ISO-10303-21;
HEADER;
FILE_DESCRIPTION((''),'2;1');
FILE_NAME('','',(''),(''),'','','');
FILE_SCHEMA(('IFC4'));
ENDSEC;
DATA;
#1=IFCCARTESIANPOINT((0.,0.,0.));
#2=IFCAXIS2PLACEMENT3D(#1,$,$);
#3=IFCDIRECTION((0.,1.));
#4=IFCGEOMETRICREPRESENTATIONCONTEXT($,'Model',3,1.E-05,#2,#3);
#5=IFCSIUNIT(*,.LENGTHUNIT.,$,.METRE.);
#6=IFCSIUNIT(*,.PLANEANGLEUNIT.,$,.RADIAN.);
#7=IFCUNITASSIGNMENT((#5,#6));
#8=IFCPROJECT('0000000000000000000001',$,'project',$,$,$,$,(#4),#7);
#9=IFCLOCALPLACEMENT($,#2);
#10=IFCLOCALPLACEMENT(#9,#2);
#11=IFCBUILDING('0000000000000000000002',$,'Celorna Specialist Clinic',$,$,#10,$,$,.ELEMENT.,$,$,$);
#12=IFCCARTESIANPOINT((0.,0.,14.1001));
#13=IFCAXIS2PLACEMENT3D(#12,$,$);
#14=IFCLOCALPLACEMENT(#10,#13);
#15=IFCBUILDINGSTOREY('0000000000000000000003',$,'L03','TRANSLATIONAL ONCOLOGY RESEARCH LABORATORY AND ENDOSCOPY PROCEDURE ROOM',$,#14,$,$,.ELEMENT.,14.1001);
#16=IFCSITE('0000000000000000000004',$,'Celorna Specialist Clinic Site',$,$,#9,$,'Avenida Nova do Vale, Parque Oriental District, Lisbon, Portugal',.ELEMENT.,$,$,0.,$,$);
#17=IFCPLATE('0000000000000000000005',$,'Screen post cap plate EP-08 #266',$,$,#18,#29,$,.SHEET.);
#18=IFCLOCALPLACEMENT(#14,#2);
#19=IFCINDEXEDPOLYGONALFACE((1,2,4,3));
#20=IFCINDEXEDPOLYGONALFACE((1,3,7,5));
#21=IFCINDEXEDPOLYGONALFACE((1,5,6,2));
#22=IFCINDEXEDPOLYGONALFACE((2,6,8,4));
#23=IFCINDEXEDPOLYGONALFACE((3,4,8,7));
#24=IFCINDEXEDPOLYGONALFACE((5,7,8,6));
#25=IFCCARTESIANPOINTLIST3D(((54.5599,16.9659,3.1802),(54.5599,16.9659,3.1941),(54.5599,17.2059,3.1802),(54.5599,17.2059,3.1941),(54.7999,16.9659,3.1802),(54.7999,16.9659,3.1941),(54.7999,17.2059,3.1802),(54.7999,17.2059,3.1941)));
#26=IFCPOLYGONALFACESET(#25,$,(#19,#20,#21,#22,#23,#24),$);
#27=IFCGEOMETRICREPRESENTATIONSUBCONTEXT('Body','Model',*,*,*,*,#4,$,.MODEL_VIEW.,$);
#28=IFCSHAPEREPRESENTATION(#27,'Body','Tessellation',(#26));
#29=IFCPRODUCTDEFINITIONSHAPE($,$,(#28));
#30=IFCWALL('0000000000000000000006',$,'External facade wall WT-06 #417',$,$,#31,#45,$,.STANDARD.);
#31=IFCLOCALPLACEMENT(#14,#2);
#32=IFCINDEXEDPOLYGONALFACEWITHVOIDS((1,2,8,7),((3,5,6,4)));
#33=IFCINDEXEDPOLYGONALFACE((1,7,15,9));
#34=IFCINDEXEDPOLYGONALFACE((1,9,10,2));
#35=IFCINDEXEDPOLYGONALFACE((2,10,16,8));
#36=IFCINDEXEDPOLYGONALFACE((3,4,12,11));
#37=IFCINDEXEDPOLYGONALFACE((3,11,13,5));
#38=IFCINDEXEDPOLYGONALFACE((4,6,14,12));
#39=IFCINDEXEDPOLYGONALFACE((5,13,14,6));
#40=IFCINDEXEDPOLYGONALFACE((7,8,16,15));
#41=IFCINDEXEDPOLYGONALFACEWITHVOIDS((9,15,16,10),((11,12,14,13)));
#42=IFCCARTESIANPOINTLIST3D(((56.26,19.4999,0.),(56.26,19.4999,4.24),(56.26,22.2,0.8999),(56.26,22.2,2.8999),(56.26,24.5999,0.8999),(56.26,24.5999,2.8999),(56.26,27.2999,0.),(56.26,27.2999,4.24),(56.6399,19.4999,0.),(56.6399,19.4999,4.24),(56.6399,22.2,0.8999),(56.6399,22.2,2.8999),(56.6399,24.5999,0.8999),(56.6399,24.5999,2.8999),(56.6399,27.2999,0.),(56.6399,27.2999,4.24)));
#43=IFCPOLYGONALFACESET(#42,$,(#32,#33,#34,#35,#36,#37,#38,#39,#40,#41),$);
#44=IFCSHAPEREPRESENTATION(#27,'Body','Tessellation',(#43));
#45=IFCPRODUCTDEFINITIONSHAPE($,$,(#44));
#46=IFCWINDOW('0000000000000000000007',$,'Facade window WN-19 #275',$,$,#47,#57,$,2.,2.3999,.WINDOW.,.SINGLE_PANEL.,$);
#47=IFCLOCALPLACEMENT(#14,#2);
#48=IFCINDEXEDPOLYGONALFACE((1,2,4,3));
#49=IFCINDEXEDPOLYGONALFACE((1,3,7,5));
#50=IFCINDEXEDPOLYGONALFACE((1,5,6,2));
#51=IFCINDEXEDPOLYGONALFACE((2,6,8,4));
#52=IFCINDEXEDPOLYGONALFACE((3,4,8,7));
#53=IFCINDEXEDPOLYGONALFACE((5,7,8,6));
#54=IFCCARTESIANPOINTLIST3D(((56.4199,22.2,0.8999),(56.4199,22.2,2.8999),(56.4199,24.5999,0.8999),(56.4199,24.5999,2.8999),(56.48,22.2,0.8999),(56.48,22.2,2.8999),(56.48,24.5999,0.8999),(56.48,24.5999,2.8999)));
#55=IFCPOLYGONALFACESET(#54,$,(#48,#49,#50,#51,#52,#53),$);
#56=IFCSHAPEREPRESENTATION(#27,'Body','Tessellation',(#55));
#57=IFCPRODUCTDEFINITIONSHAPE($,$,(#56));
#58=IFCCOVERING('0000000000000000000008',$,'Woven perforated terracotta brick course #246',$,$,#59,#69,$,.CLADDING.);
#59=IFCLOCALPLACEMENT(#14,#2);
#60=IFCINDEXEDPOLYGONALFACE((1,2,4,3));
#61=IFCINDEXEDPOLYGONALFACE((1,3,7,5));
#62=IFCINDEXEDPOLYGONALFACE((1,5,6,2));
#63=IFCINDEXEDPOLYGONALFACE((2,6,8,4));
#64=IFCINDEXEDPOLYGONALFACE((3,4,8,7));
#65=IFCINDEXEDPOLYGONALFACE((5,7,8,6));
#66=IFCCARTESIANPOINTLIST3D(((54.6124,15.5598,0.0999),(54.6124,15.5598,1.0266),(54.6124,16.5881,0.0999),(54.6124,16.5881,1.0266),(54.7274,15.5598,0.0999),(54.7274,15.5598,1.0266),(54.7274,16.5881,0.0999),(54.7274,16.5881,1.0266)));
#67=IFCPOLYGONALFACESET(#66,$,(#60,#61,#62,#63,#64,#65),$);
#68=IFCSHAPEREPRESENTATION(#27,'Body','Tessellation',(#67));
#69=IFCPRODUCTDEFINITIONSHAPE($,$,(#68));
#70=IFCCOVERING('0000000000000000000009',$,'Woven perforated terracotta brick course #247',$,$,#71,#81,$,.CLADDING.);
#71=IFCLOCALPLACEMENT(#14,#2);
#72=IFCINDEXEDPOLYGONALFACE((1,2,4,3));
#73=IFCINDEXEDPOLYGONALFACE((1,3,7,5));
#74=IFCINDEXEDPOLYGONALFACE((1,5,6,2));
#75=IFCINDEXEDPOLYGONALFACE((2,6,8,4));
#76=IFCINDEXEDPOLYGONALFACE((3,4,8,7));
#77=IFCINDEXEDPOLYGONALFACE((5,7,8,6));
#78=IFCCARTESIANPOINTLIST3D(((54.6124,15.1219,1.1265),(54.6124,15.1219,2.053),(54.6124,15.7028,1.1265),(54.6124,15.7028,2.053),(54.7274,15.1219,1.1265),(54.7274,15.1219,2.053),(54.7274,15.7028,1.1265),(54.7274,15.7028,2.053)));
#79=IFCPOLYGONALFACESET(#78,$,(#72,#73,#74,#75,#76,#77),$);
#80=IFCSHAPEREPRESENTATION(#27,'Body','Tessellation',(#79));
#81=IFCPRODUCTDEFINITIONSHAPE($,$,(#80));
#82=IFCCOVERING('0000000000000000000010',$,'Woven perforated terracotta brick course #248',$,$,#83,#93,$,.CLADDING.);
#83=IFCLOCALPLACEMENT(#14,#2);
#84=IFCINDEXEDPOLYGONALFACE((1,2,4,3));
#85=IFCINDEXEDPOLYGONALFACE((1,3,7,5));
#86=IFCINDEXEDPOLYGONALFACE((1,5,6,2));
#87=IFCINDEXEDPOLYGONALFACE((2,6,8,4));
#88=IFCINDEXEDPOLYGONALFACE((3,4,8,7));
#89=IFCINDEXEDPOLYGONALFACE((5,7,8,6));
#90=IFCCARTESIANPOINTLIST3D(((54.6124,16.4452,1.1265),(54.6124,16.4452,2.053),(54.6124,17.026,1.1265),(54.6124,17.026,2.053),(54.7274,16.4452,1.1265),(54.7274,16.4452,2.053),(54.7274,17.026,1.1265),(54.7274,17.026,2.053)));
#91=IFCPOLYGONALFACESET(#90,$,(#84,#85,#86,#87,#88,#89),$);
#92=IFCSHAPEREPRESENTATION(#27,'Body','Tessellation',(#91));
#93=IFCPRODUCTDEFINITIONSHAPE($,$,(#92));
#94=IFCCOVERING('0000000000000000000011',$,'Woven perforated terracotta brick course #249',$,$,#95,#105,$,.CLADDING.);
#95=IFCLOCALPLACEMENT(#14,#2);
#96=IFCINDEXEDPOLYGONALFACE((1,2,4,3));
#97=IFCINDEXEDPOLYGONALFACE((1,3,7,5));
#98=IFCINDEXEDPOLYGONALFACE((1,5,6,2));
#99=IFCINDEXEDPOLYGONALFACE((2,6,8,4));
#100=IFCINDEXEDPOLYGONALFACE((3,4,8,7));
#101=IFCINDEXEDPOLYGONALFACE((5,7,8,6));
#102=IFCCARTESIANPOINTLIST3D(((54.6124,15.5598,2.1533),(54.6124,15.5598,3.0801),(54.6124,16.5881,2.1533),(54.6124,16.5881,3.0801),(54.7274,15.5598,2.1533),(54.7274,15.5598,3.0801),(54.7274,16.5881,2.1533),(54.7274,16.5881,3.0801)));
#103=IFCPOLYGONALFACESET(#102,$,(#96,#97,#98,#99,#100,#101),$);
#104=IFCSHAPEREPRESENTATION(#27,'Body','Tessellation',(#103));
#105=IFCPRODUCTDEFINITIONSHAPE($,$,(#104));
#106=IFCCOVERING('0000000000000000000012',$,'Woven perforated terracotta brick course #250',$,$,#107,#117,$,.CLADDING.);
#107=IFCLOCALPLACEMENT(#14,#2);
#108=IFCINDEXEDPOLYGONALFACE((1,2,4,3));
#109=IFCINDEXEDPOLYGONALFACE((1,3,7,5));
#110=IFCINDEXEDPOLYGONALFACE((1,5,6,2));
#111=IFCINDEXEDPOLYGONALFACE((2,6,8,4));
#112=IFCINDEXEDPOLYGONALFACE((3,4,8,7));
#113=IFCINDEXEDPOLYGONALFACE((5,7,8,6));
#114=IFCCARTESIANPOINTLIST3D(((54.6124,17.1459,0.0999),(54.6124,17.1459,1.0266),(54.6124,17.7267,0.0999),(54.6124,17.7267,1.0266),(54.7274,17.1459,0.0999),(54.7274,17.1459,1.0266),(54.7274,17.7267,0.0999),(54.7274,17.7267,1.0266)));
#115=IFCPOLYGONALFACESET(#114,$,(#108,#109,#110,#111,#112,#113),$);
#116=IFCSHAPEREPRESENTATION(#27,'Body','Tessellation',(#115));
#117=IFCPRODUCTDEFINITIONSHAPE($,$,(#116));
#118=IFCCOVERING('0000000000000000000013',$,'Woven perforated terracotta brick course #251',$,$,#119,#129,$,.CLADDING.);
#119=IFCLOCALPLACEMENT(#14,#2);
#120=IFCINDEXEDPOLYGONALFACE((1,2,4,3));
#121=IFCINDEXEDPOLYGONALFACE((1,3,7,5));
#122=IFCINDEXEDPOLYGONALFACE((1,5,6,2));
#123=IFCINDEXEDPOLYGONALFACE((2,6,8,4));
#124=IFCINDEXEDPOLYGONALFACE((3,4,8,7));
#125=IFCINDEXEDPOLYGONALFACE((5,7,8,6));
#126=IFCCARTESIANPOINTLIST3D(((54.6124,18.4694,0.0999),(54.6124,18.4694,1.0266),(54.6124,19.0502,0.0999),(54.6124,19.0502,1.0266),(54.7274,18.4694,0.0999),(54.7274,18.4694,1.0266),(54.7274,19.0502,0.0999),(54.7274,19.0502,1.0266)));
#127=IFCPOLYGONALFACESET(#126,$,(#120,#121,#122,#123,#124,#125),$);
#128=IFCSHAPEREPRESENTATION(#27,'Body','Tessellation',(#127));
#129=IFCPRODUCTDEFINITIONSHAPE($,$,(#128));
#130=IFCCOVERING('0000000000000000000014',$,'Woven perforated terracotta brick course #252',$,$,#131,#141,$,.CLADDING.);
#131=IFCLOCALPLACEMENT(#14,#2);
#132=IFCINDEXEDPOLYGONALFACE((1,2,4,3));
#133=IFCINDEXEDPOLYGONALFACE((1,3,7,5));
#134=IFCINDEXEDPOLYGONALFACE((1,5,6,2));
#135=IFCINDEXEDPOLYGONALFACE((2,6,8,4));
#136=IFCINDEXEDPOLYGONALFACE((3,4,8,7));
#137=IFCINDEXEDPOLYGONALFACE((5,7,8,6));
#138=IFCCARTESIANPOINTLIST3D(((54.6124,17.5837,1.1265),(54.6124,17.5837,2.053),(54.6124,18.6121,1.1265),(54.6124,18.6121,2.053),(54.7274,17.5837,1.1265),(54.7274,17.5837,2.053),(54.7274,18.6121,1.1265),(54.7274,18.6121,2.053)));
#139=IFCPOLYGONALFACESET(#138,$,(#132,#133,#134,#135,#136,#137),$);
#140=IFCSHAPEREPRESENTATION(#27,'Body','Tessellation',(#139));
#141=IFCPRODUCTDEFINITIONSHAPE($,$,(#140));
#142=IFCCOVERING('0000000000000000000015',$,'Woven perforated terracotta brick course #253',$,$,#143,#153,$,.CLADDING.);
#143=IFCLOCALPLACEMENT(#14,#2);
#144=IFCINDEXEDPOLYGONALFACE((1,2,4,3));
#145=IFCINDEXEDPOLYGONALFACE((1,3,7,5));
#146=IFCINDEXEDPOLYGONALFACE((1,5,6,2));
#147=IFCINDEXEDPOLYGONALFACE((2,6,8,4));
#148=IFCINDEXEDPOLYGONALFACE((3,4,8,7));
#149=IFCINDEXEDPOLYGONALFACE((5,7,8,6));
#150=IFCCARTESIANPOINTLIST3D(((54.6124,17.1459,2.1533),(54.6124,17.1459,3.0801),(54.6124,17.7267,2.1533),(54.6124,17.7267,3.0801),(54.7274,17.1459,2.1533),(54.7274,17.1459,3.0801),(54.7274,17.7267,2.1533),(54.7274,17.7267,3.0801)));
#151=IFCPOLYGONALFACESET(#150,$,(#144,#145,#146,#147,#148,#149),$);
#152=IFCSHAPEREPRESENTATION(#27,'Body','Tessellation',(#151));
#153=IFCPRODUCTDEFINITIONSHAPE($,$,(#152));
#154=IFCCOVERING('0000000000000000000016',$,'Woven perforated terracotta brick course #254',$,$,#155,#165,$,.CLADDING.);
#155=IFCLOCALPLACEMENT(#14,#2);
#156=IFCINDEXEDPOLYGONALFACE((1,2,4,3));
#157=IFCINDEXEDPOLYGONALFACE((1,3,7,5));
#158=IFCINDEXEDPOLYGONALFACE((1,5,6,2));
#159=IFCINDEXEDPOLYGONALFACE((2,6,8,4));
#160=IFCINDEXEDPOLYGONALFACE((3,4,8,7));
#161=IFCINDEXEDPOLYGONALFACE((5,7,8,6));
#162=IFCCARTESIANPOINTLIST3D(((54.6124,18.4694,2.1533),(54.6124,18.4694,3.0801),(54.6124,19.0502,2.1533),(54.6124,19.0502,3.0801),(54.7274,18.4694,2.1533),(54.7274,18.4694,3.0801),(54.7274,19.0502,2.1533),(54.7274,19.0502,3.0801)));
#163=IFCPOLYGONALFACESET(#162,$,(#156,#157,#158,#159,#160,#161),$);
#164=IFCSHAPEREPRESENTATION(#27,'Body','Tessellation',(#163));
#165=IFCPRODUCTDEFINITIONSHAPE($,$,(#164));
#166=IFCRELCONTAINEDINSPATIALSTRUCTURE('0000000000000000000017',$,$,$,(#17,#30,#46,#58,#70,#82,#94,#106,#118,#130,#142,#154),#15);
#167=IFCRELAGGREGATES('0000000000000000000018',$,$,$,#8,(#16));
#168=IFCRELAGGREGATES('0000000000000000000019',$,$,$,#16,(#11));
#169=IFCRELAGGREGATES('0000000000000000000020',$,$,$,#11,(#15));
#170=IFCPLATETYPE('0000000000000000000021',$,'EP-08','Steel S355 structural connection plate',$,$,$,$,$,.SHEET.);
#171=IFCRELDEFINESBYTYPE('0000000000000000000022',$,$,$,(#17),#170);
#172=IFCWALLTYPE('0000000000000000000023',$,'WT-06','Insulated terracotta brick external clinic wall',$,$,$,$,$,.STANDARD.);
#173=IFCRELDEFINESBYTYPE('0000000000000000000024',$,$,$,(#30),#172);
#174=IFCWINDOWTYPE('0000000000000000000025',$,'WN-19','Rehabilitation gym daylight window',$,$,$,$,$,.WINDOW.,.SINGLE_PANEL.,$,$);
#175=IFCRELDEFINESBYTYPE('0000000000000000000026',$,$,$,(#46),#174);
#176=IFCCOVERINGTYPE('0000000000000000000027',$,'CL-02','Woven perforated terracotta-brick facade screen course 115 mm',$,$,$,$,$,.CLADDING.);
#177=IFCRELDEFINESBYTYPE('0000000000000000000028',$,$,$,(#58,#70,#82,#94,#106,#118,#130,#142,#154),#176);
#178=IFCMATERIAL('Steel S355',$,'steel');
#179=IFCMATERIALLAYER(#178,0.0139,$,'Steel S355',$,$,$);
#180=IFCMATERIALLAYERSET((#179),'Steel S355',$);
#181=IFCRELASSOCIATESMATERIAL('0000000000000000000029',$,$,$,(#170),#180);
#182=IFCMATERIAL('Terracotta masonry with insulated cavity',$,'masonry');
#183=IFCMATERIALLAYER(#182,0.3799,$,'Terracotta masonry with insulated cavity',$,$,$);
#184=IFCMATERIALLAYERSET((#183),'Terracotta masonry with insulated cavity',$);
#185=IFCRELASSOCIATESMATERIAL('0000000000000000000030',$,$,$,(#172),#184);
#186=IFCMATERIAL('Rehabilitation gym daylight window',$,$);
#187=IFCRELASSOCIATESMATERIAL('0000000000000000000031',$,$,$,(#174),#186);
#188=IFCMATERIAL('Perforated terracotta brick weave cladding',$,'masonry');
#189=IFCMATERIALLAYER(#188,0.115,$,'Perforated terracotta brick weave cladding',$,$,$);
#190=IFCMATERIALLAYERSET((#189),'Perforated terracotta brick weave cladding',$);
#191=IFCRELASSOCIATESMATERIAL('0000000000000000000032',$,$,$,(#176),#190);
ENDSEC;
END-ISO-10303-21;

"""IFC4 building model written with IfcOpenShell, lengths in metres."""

from ifc_helpers import new_model, si_unit, direction, frame, frame_2d, origin, origin_2d, place, context, subcontext, project, spatial, rectangle, extrude, material, layer, layer_set, type_object, element, fill, save


model = new_model("IFC4")

# Units and contexts
model_context = context("Model", 3, precision=1e-05, world=origin(), true_north=direction((0.0, 1.0)))
body_context = subcontext(model_context, "Body", "Model", "MODEL_VIEW")
ifc_project = project(units=[si_unit("LENGTHUNIT", "METRE"), si_unit("PLANEANGLEUNIT", "RADIAN")], contexts=[model_context])

# Site, building, storey
site_placement = place(None, origin())
site = spatial("IfcSite", under=ifc_project, at=site_placement, Name="Celorna Specialist Clinic Site", LongName="Avenida Nova do Vale, Parque Oriental District, Lisbon, Portugal", CompositionType="ELEMENT", RefElevation=0.0)
building_placement = place(site_placement, origin())
building = spatial("IfcBuilding", under=site, at=building_placement, Name="Celorna Specialist Clinic", CompositionType="ELEMENT")
storey_placement = place(building_placement, frame((0.0, 0.0, 14.1001)))
storey = spatial("IfcBuildingStorey", under=building, at=storey_placement, Name="L03", Description="TRANSLATIONAL ONCOLOGY RESEARCH LABORATORY AND ENDOSCOPY PROCEDURE ROOM", CompositionType="ELEMENT", Elevation=14.1001)

# Shared definitions
ifc_material_1 = material(Name="Steel S355", Category="steel")

# Plate
ifc_layer_1 = layer(ifc_material_1, 0.0139, Name="Steel S355")
ifc_layer_set_1 = layer_set([ifc_layer_1], Name="Steel S355")
plate_type_1 = type_object("IfcPlateType", Name="EP-08", Description="Steel S355 structural connection plate", PredefinedType="SHEET", material=ifc_layer_set_1)
plate_1_placement = place(storey_placement, frame((54.6799, 17.0859, 3.1802), z_axis=(0.0, 0.0, 1.0), x_axis=(0.0, 1.0, 0.0)))
element("IfcPlate", 1, at=plate_1_placement, inside=storey, type_object=plate_type_1, Name="Screen post cap plate EP-08 #266", PredefinedType="SHEET", context=body_context, shape_type="SweptSolid", body=[
    extrude(rectangle(XDim=0.24, YDim=0.24, at=origin_2d()), origin(), (0.0, 0.0, 1.0), 0.0139),
])

# Wall, opening, window
ifc_material_2 = material(Name="Terracotta masonry with insulated cavity", Category="masonry")
ifc_layer_2 = layer(ifc_material_2, 0.3799, Name="Terracotta masonry with insulated cavity")
ifc_layer_set_2 = layer_set([ifc_layer_2], Name="Terracotta masonry with insulated cavity")
wall_type = type_object("IfcWallType", Name="WT-06", Description="Insulated terracotta brick external clinic wall", PredefinedType="STANDARD", material=ifc_layer_set_2)
wall_placement = place(storey_placement, frame((56.45, 19.5, 0.0), z_axis=(0.0, 0.0, 1.0), x_axis=(0.0, 1.0, 0.0)))
wall = element("IfcWall", 2, at=wall_placement, inside=storey, type_object=wall_type, Name="External facade wall WT-06 #417", PredefinedType="STANDARD", context=body_context, shape_type="SweptSolid", body=[
    extrude(rectangle(XDim=7.8, YDim=0.3799, at=frame_2d((3.8999, 0.0))), origin(), (0.0, 0.0, 1.0), 4.24),
])
opening_placement = place(wall_placement, frame((2.7, 0.0, 0.8999)))
opening = element("IfcOpeningElement", 3, at=opening_placement, cuts=wall, PredefinedType="OPENING", context=body_context, shape_type="SweptSolid", body=[
    extrude(rectangle(XDim=2.3999, YDim=2.0, at=frame_2d((1.2, 1.0))), frame((0.0, 0.2, 0.0), z_axis=(0.0, -1.0, 0.0), x_axis=(1.0, 0.0, 0.0)), (0.0, 0.0, 1.0), 0.3999),
])
ifc_material_3 = material(Name="Rehabilitation gym daylight window")
window_type = type_object("IfcWindowType", Name="WN-19", Description="Rehabilitation gym daylight window", PartitioningType="SINGLE_PANEL", PredefinedType="WINDOW", material=ifc_material_3)
window_placement = place(opening_placement, origin())
window = element("IfcWindow", 4, at=window_placement, inside=storey, type_object=window_type, Name="Facade window WN-19 #275", OverallHeight=2.0, OverallWidth=2.3999, PartitioningType="SINGLE_PANEL", PredefinedType="WINDOW", context=body_context, shape_type="SweptSolid", body=[
    extrude(rectangle(XDim=2.3999, YDim=2.0, at=frame_2d((1.2, 1.0))), frame((0.0, 0.03, 0.0), z_axis=(0.0, -1.0, 0.0), x_axis=(1.0, 0.0, 0.0)), (0.0, 0.0, 1.0), 0.0601),
])
fill(opening, window)

# Coverings
ifc_material_4 = material(Name="Perforated terracotta brick weave cladding", Category="masonry")
ifc_layer_3 = layer(ifc_material_4, 0.115, Name="Perforated terracotta brick weave cladding")
ifc_layer_set_3 = layer_set([ifc_layer_3], Name="Perforated terracotta brick weave cladding")
covering_type = type_object("IfcCoveringType", Name="CL-02", Description="Woven perforated terracotta-brick facade screen course 115 mm", PredefinedType="CLADDING", material=ifc_layer_set_3)
covering_1_placement = place(storey_placement, frame((54.6699, 16.074, 0.0999), z_axis=(0.0, 0.0, 1.0), x_axis=(0.0, 1.0, 0.0)))
element("IfcCovering", 5, at=covering_1_placement, inside=storey, type_object=covering_type, Name="Woven perforated terracotta brick course #246", PredefinedType="CLADDING", context=body_context, shape_type="SweptSolid", body=[
    extrude(rectangle(XDim=1.0283, YDim=0.115, at=origin_2d()), origin(), (0.0, 0.0, 1.0), 0.9268),
])
for number, where, z_axis, x_axis, name in (
    (6, (54.6699, 15.4124, 1.1265), (0.0, 0.0, 1.0), (0.0, 1.0, 0.0), "Woven perforated terracotta brick course #247"),
    (7, (54.6699, 16.7356, 1.1265), (0.0, 0.0, 1.0), (0.0, 1.0, 0.0), "Woven perforated terracotta brick course #248"),
):
    element("IfcCovering", number, at=place(storey_placement, frame(where, z_axis=z_axis, x_axis=x_axis)), inside=storey, type_object=covering_type, Name=name, PredefinedType="CLADDING", context=body_context, shape_type="SweptSolid", body=[
        extrude(rectangle(XDim=0.5808, YDim=0.115, at=origin_2d()), origin(), (0.0, 0.0, 1.0), 0.9265),
    ])
covering_2_placement = place(storey_placement, frame((54.6699, 16.074, 2.1533), z_axis=(0.0, 0.0, 1.0), x_axis=(0.0, 1.0, 0.0)))
element("IfcCovering", 8, at=covering_2_placement, inside=storey, type_object=covering_type, Name="Woven perforated terracotta brick course #249", PredefinedType="CLADDING", context=body_context, shape_type="SweptSolid", body=[
    extrude(rectangle(XDim=1.0283, YDim=0.115, at=origin_2d()), origin(), (0.0, 0.0, 1.0), 0.9268),
])
for number, where, z_axis, x_axis, name in (
    (9, (54.6699, 17.4363, 0.0999), (0.0, 0.0, 1.0), (0.0, 1.0, 0.0), "Woven perforated terracotta brick course #250"),
    (10, (54.6699, 18.7598, 0.0999), (0.0, 0.0, 1.0), (0.0, 1.0, 0.0), "Woven perforated terracotta brick course #251"),
):
    element("IfcCovering", number, at=place(storey_placement, frame(where, z_axis=z_axis, x_axis=x_axis)), inside=storey, type_object=covering_type, Name=name, PredefinedType="CLADDING", context=body_context, shape_type="SweptSolid", body=[
        extrude(rectangle(XDim=0.5808, YDim=0.115, at=origin_2d()), origin(), (0.0, 0.0, 1.0), 0.9268),
    ])
covering_3_placement = place(storey_placement, frame((54.6699, 18.0979, 1.1265), z_axis=(0.0, 0.0, 1.0), x_axis=(0.0, 1.0, 0.0)))
element("IfcCovering", 11, at=covering_3_placement, inside=storey, type_object=covering_type, Name="Woven perforated terracotta brick course #252", PredefinedType="CLADDING", context=body_context, shape_type="SweptSolid", body=[
    extrude(rectangle(XDim=1.0283, YDim=0.115, at=origin_2d()), origin(), (0.0, 0.0, 1.0), 0.9265),
])
for number, where, z_axis, x_axis, name in (
    (12, (54.6699, 17.4363, 2.1533), (0.0, 0.0, 1.0), (0.0, 1.0, 0.0), "Woven perforated terracotta brick course #253"),
    (13, (54.6699, 18.7598, 2.1533), (0.0, 0.0, 1.0), (0.0, 1.0, 0.0), "Woven perforated terracotta brick course #254"),
):
    element("IfcCovering", number, at=place(storey_placement, frame(where, z_axis=z_axis, x_axis=x_axis)), inside=storey, type_object=covering_type, Name=name, PredefinedType="CLADDING", context=body_context, shape_type="SweptSolid", body=[
        extrude(rectangle(XDim=0.5808, YDim=0.115, at=origin_2d()), origin(), (0.0, 0.0, 1.0), 0.9268),
    ])

save(model, "model.ifc")
